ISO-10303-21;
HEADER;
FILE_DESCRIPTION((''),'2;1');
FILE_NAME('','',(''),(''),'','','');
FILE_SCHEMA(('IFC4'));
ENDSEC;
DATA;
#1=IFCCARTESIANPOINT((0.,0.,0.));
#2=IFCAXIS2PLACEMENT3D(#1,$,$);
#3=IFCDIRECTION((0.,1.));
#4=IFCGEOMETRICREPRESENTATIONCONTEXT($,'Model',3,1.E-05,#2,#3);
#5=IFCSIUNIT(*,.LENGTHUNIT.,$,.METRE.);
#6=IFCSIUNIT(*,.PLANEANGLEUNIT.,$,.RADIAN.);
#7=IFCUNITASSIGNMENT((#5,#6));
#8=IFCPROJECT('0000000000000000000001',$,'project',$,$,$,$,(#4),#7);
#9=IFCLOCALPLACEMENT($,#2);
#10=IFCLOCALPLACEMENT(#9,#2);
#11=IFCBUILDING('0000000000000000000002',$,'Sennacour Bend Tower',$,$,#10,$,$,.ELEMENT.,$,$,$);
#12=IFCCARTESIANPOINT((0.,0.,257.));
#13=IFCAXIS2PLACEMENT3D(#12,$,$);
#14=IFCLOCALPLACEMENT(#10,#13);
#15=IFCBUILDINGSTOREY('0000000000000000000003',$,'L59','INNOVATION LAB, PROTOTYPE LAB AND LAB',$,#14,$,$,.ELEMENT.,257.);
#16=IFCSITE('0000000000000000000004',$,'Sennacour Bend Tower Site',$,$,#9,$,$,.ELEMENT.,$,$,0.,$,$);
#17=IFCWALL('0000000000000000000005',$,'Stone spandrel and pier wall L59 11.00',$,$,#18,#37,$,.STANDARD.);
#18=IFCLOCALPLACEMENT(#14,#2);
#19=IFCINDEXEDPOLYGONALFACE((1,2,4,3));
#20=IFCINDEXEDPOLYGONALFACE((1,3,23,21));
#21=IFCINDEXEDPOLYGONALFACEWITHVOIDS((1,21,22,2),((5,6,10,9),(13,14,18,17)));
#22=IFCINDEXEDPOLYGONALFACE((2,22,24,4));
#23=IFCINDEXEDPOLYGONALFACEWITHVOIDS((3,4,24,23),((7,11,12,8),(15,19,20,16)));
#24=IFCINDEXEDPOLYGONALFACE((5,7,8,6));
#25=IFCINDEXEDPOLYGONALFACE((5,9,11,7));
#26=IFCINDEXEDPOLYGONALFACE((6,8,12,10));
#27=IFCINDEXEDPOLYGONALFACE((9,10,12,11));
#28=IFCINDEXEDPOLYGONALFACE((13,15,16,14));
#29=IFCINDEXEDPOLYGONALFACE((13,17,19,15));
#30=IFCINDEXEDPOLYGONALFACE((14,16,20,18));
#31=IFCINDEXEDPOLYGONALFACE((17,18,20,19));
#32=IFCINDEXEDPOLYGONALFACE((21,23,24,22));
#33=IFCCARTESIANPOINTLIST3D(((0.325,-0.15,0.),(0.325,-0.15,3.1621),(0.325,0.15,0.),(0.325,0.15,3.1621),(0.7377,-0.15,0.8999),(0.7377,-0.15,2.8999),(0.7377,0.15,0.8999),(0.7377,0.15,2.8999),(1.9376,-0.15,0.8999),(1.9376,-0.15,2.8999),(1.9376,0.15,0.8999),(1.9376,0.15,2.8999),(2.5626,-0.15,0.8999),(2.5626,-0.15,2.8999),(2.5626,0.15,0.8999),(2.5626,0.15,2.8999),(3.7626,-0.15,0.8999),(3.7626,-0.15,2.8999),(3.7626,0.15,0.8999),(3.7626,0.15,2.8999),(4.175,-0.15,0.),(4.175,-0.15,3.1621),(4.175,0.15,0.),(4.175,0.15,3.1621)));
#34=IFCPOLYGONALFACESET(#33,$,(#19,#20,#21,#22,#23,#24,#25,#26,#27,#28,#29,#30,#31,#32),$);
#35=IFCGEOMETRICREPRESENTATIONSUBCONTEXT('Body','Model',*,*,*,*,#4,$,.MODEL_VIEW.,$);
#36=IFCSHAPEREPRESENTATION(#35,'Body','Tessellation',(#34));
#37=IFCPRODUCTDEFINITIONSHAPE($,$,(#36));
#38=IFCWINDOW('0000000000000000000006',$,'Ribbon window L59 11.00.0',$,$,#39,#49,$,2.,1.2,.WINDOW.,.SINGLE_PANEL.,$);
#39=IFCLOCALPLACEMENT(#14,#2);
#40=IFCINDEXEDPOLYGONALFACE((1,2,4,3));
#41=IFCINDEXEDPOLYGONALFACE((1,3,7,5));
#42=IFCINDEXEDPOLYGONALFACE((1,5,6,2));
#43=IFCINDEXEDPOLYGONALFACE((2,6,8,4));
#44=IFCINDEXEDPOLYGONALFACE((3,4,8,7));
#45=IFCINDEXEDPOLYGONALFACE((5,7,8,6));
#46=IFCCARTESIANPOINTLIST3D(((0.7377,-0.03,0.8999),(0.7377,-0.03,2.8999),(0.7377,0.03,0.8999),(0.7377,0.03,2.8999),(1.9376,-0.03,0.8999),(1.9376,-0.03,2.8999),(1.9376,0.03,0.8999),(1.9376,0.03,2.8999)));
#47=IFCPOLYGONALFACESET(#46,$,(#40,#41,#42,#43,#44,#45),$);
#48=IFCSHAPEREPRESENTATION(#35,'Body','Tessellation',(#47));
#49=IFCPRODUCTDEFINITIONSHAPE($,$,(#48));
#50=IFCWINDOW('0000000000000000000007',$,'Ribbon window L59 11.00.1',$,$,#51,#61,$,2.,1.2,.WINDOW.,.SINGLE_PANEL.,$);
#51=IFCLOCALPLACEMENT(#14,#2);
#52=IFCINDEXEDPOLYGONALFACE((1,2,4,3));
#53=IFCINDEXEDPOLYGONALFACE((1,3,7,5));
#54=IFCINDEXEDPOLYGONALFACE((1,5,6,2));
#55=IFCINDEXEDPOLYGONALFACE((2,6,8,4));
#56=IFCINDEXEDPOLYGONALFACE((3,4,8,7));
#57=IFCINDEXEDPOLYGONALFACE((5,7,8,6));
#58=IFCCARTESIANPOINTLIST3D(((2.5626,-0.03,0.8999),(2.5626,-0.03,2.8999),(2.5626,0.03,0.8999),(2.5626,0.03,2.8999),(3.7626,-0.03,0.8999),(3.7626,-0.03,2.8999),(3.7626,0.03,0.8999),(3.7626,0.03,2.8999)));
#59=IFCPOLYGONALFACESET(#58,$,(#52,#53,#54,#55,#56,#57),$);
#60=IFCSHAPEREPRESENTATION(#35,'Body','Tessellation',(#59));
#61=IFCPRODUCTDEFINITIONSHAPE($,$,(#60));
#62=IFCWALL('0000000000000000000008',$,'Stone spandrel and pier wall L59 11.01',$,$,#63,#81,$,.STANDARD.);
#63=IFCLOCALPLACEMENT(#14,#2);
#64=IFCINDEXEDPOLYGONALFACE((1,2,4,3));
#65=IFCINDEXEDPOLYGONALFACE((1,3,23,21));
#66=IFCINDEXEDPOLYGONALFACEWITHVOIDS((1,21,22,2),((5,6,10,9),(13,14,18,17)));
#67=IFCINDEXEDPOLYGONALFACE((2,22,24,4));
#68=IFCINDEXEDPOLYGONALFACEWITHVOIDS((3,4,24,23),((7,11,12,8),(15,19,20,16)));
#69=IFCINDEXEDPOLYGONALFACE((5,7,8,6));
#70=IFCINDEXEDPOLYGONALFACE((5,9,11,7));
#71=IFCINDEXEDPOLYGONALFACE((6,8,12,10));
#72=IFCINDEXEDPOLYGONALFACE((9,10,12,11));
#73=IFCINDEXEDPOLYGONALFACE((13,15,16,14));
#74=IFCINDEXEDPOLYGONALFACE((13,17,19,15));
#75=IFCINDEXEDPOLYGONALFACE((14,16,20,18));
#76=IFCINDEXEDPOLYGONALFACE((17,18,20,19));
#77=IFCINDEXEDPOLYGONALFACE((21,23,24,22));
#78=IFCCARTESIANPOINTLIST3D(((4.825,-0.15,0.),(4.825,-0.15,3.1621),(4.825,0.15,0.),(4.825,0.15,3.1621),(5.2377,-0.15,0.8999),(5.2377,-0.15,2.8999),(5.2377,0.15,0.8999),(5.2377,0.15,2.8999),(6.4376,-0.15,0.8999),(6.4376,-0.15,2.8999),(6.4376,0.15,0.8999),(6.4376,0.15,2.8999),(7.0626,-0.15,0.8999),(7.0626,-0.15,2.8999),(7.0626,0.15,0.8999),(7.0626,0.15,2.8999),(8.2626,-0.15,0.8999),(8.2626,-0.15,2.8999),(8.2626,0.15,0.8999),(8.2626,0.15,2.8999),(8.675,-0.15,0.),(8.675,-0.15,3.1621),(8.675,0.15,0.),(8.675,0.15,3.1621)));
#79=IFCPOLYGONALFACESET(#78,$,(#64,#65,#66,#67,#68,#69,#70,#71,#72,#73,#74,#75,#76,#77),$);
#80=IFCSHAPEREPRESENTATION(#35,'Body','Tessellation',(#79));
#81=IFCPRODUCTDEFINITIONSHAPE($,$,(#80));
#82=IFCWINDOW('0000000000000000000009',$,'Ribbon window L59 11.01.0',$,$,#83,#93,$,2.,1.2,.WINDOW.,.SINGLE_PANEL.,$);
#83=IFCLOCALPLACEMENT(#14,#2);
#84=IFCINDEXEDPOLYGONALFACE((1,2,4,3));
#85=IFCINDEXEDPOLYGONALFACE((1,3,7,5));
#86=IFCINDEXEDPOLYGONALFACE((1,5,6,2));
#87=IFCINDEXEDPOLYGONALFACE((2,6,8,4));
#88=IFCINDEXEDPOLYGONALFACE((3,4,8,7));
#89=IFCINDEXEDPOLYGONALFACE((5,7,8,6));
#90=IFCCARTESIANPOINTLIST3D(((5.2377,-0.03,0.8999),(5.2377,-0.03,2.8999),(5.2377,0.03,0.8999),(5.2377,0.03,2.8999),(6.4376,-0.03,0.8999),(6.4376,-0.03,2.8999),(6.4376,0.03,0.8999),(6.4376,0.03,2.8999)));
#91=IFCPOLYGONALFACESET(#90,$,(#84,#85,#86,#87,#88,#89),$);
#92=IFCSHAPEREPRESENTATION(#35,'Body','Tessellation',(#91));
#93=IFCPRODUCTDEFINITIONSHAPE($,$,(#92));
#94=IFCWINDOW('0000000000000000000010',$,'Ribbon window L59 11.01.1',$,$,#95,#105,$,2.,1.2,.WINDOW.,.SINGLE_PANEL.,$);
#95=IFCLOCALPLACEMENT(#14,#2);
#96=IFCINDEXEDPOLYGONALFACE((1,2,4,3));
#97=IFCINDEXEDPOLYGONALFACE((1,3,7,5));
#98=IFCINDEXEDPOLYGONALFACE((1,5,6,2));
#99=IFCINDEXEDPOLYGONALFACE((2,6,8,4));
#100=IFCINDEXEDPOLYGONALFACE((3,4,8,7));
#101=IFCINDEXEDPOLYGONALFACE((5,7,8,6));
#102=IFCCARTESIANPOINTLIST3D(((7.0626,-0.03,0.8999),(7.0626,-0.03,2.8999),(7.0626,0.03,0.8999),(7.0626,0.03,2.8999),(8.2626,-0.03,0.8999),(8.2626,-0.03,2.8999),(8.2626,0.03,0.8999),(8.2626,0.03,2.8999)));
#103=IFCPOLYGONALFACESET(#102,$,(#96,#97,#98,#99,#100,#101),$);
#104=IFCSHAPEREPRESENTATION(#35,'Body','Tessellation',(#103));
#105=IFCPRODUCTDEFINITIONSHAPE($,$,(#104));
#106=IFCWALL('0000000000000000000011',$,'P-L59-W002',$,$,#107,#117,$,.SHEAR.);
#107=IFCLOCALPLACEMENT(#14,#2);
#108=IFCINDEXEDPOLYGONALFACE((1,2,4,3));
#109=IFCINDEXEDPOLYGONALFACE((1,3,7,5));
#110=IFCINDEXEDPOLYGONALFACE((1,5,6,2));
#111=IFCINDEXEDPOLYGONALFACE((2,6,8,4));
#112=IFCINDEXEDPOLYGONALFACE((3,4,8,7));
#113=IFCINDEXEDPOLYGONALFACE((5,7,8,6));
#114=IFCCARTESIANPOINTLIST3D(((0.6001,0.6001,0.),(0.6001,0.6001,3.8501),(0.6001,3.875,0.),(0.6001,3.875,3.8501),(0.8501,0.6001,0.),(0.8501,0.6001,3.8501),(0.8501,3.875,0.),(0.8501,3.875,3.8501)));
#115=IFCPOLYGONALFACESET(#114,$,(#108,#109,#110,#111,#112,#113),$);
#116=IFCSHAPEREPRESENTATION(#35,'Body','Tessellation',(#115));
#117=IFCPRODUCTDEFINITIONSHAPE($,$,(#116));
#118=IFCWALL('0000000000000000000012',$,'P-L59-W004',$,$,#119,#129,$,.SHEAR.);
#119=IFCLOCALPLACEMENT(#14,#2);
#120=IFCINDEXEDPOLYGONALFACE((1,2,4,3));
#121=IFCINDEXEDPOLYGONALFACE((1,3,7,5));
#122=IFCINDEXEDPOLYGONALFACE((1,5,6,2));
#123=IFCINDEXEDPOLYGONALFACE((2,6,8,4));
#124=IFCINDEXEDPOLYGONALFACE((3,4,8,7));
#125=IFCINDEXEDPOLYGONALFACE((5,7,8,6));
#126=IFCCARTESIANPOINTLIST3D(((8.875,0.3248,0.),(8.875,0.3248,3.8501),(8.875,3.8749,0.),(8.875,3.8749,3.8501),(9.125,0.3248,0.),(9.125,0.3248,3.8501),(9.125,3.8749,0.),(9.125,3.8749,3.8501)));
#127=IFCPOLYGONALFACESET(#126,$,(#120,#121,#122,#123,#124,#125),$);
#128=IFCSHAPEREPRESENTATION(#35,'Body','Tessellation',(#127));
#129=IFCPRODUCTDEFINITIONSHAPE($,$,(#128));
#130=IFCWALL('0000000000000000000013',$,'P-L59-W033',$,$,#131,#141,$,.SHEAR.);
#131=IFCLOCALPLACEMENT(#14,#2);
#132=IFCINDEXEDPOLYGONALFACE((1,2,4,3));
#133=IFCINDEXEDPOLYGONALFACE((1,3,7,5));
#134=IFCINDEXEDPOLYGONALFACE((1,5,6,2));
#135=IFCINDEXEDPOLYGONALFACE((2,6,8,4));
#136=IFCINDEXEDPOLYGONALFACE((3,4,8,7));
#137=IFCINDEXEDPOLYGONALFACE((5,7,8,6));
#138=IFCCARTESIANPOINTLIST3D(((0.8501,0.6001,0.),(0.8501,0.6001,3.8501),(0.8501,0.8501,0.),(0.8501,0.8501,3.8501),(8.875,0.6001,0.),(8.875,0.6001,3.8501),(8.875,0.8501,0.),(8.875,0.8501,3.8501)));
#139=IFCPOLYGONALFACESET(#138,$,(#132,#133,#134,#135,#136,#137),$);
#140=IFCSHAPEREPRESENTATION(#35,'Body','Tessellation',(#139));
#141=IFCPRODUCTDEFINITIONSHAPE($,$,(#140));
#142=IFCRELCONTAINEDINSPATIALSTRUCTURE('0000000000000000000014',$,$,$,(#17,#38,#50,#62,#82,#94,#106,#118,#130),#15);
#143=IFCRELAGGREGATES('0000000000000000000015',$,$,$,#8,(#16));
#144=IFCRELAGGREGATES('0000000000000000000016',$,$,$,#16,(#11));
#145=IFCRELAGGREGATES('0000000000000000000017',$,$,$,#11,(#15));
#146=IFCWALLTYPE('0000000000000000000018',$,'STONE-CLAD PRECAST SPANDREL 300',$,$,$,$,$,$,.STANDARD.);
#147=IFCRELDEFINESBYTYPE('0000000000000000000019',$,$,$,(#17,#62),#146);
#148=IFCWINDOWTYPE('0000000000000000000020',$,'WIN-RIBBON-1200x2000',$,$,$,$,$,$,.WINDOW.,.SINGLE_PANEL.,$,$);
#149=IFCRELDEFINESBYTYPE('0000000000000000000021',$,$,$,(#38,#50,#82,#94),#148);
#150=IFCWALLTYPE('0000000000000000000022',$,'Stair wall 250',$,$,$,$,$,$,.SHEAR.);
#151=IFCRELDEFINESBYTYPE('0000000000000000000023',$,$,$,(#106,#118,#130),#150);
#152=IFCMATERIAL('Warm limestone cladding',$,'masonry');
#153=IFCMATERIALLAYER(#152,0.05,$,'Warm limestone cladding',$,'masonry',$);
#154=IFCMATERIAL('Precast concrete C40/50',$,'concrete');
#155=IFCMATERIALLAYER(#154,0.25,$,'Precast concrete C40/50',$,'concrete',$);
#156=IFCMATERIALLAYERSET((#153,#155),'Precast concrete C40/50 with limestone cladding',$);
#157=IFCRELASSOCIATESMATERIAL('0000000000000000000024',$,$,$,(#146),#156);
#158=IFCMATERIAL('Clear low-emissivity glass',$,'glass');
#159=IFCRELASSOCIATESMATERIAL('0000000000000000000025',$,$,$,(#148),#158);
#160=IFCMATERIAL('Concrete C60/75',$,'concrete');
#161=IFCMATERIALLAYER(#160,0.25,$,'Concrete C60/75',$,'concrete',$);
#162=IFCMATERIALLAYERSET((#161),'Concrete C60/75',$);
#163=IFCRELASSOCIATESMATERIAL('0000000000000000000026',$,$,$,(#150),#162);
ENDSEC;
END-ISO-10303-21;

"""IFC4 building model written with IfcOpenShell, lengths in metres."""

from ifc_helpers import new_model, si_unit, direction, frame, frame_2d, origin, place, context, subcontext, project, spatial, rectangle, extrude, material, layer, layer_set, type_object, element, fill, save


model = new_model("IFC4")

# Units and contexts
model_context = context("Model", 3, precision=1e-05, world=origin(), true_north=direction((0.0, 1.0)))
body_context = subcontext(model_context, "Body", "Model", "MODEL_VIEW")
ifc_project = project(units=[si_unit("LENGTHUNIT", "METRE"), si_unit("PLANEANGLEUNIT", "RADIAN")], contexts=[model_context])

# Site, building, storey
site_placement = place(None, origin())
site = spatial("IfcSite", under=ifc_project, at=site_placement, Name="Sennacour Bend Tower Site", CompositionType="ELEMENT", RefElevation=0.0)
building_placement = place(site_placement, origin())
building = spatial("IfcBuilding", under=site, at=building_placement, Name="Sennacour Bend Tower", CompositionType="ELEMENT")
storey_placement = place(building_placement, frame((0.0, 0.0, 257.0)))
storey = spatial("IfcBuildingStorey", under=building, at=storey_placement, Name="L59", Description="INNOVATION LAB, PROTOTYPE LAB AND LAB", CompositionType="ELEMENT", Elevation=257.0)

# Walls, openings, windows
ifc_material_1 = material(Name="Warm limestone cladding", Category="masonry")
ifc_layer_1 = layer(ifc_material_1, 0.05, Name="Warm limestone cladding", Category="masonry")
ifc_material_2 = material(Name="Precast concrete C40/50", Category="concrete")
ifc_layer_2 = layer(ifc_material_2, 0.25, Name="Precast concrete C40/50", Category="concrete")
ifc_layer_set_1 = layer_set([ifc_layer_1, ifc_layer_2], Name="Precast concrete C40/50 with limestone cladding")
wall_type_1 = type_object("IfcWallType", Name="STONE-CLAD PRECAST SPANDREL 300", PredefinedType="STANDARD", material=ifc_layer_set_1)
wall_1_placement = place(storey_placement, frame((0.325, 0.0, 0.0), z_axis=(0.0, 0.0, 1.0), x_axis=(1.0, 0.0, 0.0)))
wall_1 = element("IfcWall", 1, at=wall_1_placement, inside=storey, type_object=wall_type_1, Name="Stone spandrel and pier wall L59 11.00", PredefinedType="STANDARD", context=body_context, shape_type="SweptSolid", body=[
    extrude(rectangle(XDim=3.8501, YDim=0.3, at=frame_2d((1.925, 0.0))), origin(), (0.0, 0.0, 1.0), 3.1621),
])
opening_1_placement = place(wall_1_placement, frame((0.4126, 0.0, 0.8999)))
opening_1 = element("IfcOpeningElement", 2, at=opening_1_placement, cuts=wall_1, PredefinedType="OPENING", context=body_context, shape_type="SweptSolid", body=[
    extrude(rectangle(XDim=1.2, YDim=2.0, at=frame_2d((0.6001, 1.0))), frame((0.0, 0.1602, 0.0), z_axis=(0.0, -1.0, 0.0), x_axis=(1.0, 0.0, 0.0)), (0.0, 0.0, 1.0), 0.3201),
])
opening_2_placement = place(wall_1_placement, frame((2.2375, 0.0, 0.8999)))
opening_2 = element("IfcOpeningElement", 3, at=opening_2_placement, cuts=wall_1, PredefinedType="OPENING", context=body_context, shape_type="SweptSolid", body=[
    extrude(rectangle(XDim=1.2, YDim=2.0, at=frame_2d((0.6001, 1.0))), frame((0.0, 0.1602, 0.0), z_axis=(0.0, -1.0, 0.0), x_axis=(1.0, 0.0, 0.0)), (0.0, 0.0, 1.0), 0.3201),
])
ifc_material_3 = material(Name="Clear low-emissivity glass", Category="glass")
window_type = type_object("IfcWindowType", Name="WIN-RIBBON-1200x2000", PartitioningType="SINGLE_PANEL", PredefinedType="WINDOW", material=ifc_material_3)
window_1_placement = place(opening_1_placement, origin())
window_1 = element("IfcWindow", 4, at=window_1_placement, inside=storey, type_object=window_type, Name="Ribbon window L59 11.00.0", OverallHeight=2.0, OverallWidth=1.2, PartitioningType="SINGLE_PANEL", PredefinedType="WINDOW", context=body_context, shape_type="SweptSolid", body=[
    extrude(rectangle(XDim=1.2, YDim=2.0, at=frame_2d((0.6001, 1.0))), frame((0.0, 0.03, 0.0), z_axis=(0.0, -1.0, 0.0), x_axis=(1.0, 0.0, 0.0)), (0.0, 0.0, 1.0), 0.0601),
])
fill(opening_1, window_1)
window_2_placement = place(opening_2_placement, origin())
window_2 = element("IfcWindow", 5, at=window_2_placement, inside=storey, type_object=window_type, Name="Ribbon window L59 11.00.1", OverallHeight=2.0, OverallWidth=1.2, PartitioningType="SINGLE_PANEL", PredefinedType="WINDOW", context=body_context, shape_type="SweptSolid", body=[
    extrude(rectangle(XDim=1.2, YDim=2.0, at=frame_2d((0.6001, 1.0))), frame((0.0, 0.03, 0.0), z_axis=(0.0, -1.0, 0.0), x_axis=(1.0, 0.0, 0.0)), (0.0, 0.0, 1.0), 0.0601),
])
fill(opening_2, window_2)
wall_2_placement = place(storey_placement, frame((4.825, 0.0, 0.0), z_axis=(0.0, 0.0, 1.0), x_axis=(1.0, 0.0, 0.0)))
wall_2 = element("IfcWall", 6, at=wall_2_placement, inside=storey, type_object=wall_type_1, Name="Stone spandrel and pier wall L59 11.01", PredefinedType="STANDARD", context=body_context, shape_type="SweptSolid", body=[
    extrude(rectangle(XDim=3.8501, YDim=0.3, at=frame_2d((1.925, 0.0))), origin(), (0.0, 0.0, 1.0), 3.1621),
])
opening_3_placement = place(wall_2_placement, frame((0.4126, 0.0, 0.8999)))
opening_3 = element("IfcOpeningElement", 7, at=opening_3_placement, cuts=wall_2, PredefinedType="OPENING", context=body_context, shape_type="SweptSolid", body=[
    extrude(rectangle(XDim=1.2, YDim=2.0, at=frame_2d((0.6001, 1.0))), frame((0.0, 0.1602, 0.0), z_axis=(0.0, -1.0, 0.0), x_axis=(1.0, 0.0, 0.0)), (0.0, 0.0, 1.0), 0.3201),
])
opening_4_placement = place(wall_2_placement, frame((2.2375, 0.0, 0.8999)))
opening_4 = element("IfcOpeningElement", 8, at=opening_4_placement, cuts=wall_2, PredefinedType="OPENING", context=body_context, shape_type="SweptSolid", body=[
    extrude(rectangle(XDim=1.2, YDim=2.0, at=frame_2d((0.6001, 1.0))), frame((0.0, 0.1602, 0.0), z_axis=(0.0, -1.0, 0.0), x_axis=(1.0, 0.0, 0.0)), (0.0, 0.0, 1.0), 0.3201),
])
window_3_placement = place(opening_3_placement, origin())
window_3 = element("IfcWindow", 9, at=window_3_placement, inside=storey, type_object=window_type, Name="Ribbon window L59 11.01.0", OverallHeight=2.0, OverallWidth=1.2, PartitioningType="SINGLE_PANEL", PredefinedType="WINDOW", context=body_context, shape_type="SweptSolid", body=[
    extrude(rectangle(XDim=1.2, YDim=2.0, at=frame_2d((0.6001, 1.0))), frame((0.0, 0.03, 0.0), z_axis=(0.0, -1.0, 0.0), x_axis=(1.0, 0.0, 0.0)), (0.0, 0.0, 1.0), 0.0601),
])
fill(opening_3, window_3)
window_4_placement = place(opening_4_placement, origin())
window_4 = element("IfcWindow", 10, at=window_4_placement, inside=storey, type_object=window_type, Name="Ribbon window L59 11.01.1", OverallHeight=2.0, OverallWidth=1.2, PartitioningType="SINGLE_PANEL", PredefinedType="WINDOW", context=body_context, shape_type="SweptSolid", body=[
    extrude(rectangle(XDim=1.2, YDim=2.0, at=frame_2d((0.6001, 1.0))), frame((0.0, 0.03, 0.0), z_axis=(0.0, -1.0, 0.0), x_axis=(1.0, 0.0, 0.0)), (0.0, 0.0, 1.0), 0.0601),
])
fill(opening_4, window_4)

# Walls
ifc_material_4 = material(Name="Concrete C60/75", Category="concrete")
ifc_layer_3 = layer(ifc_material_4, 0.25, Name="Concrete C60/75", Category="concrete")
ifc_layer_set_2 = layer_set([ifc_layer_3], Name="Concrete C60/75")
wall_type_2 = type_object("IfcWallType", Name="Stair wall 250", PredefinedType="SHEAR", material=ifc_layer_set_2)
wall_3_placement = place(storey_placement, frame((0.7251, 0.6001, 0.0), z_axis=(0.0, 0.0, 1.0), x_axis=(0.0, 1.0, 0.0)))
element("IfcWall", 11, at=wall_3_placement, inside=storey, type_object=wall_type_2, Name="P-L59-W002", PredefinedType="SHEAR", context=body_context, shape_type="SweptSolid", body=[
    extrude(rectangle(XDim=3.2749, YDim=0.25, at=frame_2d((1.6375, 0.0))), origin(), (0.0, 0.0, 1.0), 3.8501),
])
wall_4_placement = place(storey_placement, frame((9.0, 0.325, 0.0), z_axis=(0.0, 0.0, 1.0), x_axis=(0.0, 1.0, 0.0)))
element("IfcWall", 12, at=wall_4_placement, inside=storey, type_object=wall_type_2, Name="P-L59-W004", PredefinedType="SHEAR", context=body_context, shape_type="SweptSolid", body=[
    extrude(rectangle(XDim=3.55, YDim=0.25, at=frame_2d((1.7749, 0.0))), origin(), (0.0, 0.0, 1.0), 3.8501),
])
wall_5_placement = place(storey_placement, frame((0.8501, 0.7251, 0.0), z_axis=(0.0, 0.0, 1.0), x_axis=(1.0, 0.0, 0.0)))
element("IfcWall", 13, at=wall_5_placement, inside=storey, type_object=wall_type_2, Name="P-L59-W033", PredefinedType="SHEAR", context=body_context, shape_type="SweptSolid", body=[
    extrude(rectangle(XDim=8.0249, YDim=0.25, at=frame_2d((4.0125, 0.0))), origin(), (0.0, 0.0, 1.0), 3.8501),
])

save(model, "model.ifc")
